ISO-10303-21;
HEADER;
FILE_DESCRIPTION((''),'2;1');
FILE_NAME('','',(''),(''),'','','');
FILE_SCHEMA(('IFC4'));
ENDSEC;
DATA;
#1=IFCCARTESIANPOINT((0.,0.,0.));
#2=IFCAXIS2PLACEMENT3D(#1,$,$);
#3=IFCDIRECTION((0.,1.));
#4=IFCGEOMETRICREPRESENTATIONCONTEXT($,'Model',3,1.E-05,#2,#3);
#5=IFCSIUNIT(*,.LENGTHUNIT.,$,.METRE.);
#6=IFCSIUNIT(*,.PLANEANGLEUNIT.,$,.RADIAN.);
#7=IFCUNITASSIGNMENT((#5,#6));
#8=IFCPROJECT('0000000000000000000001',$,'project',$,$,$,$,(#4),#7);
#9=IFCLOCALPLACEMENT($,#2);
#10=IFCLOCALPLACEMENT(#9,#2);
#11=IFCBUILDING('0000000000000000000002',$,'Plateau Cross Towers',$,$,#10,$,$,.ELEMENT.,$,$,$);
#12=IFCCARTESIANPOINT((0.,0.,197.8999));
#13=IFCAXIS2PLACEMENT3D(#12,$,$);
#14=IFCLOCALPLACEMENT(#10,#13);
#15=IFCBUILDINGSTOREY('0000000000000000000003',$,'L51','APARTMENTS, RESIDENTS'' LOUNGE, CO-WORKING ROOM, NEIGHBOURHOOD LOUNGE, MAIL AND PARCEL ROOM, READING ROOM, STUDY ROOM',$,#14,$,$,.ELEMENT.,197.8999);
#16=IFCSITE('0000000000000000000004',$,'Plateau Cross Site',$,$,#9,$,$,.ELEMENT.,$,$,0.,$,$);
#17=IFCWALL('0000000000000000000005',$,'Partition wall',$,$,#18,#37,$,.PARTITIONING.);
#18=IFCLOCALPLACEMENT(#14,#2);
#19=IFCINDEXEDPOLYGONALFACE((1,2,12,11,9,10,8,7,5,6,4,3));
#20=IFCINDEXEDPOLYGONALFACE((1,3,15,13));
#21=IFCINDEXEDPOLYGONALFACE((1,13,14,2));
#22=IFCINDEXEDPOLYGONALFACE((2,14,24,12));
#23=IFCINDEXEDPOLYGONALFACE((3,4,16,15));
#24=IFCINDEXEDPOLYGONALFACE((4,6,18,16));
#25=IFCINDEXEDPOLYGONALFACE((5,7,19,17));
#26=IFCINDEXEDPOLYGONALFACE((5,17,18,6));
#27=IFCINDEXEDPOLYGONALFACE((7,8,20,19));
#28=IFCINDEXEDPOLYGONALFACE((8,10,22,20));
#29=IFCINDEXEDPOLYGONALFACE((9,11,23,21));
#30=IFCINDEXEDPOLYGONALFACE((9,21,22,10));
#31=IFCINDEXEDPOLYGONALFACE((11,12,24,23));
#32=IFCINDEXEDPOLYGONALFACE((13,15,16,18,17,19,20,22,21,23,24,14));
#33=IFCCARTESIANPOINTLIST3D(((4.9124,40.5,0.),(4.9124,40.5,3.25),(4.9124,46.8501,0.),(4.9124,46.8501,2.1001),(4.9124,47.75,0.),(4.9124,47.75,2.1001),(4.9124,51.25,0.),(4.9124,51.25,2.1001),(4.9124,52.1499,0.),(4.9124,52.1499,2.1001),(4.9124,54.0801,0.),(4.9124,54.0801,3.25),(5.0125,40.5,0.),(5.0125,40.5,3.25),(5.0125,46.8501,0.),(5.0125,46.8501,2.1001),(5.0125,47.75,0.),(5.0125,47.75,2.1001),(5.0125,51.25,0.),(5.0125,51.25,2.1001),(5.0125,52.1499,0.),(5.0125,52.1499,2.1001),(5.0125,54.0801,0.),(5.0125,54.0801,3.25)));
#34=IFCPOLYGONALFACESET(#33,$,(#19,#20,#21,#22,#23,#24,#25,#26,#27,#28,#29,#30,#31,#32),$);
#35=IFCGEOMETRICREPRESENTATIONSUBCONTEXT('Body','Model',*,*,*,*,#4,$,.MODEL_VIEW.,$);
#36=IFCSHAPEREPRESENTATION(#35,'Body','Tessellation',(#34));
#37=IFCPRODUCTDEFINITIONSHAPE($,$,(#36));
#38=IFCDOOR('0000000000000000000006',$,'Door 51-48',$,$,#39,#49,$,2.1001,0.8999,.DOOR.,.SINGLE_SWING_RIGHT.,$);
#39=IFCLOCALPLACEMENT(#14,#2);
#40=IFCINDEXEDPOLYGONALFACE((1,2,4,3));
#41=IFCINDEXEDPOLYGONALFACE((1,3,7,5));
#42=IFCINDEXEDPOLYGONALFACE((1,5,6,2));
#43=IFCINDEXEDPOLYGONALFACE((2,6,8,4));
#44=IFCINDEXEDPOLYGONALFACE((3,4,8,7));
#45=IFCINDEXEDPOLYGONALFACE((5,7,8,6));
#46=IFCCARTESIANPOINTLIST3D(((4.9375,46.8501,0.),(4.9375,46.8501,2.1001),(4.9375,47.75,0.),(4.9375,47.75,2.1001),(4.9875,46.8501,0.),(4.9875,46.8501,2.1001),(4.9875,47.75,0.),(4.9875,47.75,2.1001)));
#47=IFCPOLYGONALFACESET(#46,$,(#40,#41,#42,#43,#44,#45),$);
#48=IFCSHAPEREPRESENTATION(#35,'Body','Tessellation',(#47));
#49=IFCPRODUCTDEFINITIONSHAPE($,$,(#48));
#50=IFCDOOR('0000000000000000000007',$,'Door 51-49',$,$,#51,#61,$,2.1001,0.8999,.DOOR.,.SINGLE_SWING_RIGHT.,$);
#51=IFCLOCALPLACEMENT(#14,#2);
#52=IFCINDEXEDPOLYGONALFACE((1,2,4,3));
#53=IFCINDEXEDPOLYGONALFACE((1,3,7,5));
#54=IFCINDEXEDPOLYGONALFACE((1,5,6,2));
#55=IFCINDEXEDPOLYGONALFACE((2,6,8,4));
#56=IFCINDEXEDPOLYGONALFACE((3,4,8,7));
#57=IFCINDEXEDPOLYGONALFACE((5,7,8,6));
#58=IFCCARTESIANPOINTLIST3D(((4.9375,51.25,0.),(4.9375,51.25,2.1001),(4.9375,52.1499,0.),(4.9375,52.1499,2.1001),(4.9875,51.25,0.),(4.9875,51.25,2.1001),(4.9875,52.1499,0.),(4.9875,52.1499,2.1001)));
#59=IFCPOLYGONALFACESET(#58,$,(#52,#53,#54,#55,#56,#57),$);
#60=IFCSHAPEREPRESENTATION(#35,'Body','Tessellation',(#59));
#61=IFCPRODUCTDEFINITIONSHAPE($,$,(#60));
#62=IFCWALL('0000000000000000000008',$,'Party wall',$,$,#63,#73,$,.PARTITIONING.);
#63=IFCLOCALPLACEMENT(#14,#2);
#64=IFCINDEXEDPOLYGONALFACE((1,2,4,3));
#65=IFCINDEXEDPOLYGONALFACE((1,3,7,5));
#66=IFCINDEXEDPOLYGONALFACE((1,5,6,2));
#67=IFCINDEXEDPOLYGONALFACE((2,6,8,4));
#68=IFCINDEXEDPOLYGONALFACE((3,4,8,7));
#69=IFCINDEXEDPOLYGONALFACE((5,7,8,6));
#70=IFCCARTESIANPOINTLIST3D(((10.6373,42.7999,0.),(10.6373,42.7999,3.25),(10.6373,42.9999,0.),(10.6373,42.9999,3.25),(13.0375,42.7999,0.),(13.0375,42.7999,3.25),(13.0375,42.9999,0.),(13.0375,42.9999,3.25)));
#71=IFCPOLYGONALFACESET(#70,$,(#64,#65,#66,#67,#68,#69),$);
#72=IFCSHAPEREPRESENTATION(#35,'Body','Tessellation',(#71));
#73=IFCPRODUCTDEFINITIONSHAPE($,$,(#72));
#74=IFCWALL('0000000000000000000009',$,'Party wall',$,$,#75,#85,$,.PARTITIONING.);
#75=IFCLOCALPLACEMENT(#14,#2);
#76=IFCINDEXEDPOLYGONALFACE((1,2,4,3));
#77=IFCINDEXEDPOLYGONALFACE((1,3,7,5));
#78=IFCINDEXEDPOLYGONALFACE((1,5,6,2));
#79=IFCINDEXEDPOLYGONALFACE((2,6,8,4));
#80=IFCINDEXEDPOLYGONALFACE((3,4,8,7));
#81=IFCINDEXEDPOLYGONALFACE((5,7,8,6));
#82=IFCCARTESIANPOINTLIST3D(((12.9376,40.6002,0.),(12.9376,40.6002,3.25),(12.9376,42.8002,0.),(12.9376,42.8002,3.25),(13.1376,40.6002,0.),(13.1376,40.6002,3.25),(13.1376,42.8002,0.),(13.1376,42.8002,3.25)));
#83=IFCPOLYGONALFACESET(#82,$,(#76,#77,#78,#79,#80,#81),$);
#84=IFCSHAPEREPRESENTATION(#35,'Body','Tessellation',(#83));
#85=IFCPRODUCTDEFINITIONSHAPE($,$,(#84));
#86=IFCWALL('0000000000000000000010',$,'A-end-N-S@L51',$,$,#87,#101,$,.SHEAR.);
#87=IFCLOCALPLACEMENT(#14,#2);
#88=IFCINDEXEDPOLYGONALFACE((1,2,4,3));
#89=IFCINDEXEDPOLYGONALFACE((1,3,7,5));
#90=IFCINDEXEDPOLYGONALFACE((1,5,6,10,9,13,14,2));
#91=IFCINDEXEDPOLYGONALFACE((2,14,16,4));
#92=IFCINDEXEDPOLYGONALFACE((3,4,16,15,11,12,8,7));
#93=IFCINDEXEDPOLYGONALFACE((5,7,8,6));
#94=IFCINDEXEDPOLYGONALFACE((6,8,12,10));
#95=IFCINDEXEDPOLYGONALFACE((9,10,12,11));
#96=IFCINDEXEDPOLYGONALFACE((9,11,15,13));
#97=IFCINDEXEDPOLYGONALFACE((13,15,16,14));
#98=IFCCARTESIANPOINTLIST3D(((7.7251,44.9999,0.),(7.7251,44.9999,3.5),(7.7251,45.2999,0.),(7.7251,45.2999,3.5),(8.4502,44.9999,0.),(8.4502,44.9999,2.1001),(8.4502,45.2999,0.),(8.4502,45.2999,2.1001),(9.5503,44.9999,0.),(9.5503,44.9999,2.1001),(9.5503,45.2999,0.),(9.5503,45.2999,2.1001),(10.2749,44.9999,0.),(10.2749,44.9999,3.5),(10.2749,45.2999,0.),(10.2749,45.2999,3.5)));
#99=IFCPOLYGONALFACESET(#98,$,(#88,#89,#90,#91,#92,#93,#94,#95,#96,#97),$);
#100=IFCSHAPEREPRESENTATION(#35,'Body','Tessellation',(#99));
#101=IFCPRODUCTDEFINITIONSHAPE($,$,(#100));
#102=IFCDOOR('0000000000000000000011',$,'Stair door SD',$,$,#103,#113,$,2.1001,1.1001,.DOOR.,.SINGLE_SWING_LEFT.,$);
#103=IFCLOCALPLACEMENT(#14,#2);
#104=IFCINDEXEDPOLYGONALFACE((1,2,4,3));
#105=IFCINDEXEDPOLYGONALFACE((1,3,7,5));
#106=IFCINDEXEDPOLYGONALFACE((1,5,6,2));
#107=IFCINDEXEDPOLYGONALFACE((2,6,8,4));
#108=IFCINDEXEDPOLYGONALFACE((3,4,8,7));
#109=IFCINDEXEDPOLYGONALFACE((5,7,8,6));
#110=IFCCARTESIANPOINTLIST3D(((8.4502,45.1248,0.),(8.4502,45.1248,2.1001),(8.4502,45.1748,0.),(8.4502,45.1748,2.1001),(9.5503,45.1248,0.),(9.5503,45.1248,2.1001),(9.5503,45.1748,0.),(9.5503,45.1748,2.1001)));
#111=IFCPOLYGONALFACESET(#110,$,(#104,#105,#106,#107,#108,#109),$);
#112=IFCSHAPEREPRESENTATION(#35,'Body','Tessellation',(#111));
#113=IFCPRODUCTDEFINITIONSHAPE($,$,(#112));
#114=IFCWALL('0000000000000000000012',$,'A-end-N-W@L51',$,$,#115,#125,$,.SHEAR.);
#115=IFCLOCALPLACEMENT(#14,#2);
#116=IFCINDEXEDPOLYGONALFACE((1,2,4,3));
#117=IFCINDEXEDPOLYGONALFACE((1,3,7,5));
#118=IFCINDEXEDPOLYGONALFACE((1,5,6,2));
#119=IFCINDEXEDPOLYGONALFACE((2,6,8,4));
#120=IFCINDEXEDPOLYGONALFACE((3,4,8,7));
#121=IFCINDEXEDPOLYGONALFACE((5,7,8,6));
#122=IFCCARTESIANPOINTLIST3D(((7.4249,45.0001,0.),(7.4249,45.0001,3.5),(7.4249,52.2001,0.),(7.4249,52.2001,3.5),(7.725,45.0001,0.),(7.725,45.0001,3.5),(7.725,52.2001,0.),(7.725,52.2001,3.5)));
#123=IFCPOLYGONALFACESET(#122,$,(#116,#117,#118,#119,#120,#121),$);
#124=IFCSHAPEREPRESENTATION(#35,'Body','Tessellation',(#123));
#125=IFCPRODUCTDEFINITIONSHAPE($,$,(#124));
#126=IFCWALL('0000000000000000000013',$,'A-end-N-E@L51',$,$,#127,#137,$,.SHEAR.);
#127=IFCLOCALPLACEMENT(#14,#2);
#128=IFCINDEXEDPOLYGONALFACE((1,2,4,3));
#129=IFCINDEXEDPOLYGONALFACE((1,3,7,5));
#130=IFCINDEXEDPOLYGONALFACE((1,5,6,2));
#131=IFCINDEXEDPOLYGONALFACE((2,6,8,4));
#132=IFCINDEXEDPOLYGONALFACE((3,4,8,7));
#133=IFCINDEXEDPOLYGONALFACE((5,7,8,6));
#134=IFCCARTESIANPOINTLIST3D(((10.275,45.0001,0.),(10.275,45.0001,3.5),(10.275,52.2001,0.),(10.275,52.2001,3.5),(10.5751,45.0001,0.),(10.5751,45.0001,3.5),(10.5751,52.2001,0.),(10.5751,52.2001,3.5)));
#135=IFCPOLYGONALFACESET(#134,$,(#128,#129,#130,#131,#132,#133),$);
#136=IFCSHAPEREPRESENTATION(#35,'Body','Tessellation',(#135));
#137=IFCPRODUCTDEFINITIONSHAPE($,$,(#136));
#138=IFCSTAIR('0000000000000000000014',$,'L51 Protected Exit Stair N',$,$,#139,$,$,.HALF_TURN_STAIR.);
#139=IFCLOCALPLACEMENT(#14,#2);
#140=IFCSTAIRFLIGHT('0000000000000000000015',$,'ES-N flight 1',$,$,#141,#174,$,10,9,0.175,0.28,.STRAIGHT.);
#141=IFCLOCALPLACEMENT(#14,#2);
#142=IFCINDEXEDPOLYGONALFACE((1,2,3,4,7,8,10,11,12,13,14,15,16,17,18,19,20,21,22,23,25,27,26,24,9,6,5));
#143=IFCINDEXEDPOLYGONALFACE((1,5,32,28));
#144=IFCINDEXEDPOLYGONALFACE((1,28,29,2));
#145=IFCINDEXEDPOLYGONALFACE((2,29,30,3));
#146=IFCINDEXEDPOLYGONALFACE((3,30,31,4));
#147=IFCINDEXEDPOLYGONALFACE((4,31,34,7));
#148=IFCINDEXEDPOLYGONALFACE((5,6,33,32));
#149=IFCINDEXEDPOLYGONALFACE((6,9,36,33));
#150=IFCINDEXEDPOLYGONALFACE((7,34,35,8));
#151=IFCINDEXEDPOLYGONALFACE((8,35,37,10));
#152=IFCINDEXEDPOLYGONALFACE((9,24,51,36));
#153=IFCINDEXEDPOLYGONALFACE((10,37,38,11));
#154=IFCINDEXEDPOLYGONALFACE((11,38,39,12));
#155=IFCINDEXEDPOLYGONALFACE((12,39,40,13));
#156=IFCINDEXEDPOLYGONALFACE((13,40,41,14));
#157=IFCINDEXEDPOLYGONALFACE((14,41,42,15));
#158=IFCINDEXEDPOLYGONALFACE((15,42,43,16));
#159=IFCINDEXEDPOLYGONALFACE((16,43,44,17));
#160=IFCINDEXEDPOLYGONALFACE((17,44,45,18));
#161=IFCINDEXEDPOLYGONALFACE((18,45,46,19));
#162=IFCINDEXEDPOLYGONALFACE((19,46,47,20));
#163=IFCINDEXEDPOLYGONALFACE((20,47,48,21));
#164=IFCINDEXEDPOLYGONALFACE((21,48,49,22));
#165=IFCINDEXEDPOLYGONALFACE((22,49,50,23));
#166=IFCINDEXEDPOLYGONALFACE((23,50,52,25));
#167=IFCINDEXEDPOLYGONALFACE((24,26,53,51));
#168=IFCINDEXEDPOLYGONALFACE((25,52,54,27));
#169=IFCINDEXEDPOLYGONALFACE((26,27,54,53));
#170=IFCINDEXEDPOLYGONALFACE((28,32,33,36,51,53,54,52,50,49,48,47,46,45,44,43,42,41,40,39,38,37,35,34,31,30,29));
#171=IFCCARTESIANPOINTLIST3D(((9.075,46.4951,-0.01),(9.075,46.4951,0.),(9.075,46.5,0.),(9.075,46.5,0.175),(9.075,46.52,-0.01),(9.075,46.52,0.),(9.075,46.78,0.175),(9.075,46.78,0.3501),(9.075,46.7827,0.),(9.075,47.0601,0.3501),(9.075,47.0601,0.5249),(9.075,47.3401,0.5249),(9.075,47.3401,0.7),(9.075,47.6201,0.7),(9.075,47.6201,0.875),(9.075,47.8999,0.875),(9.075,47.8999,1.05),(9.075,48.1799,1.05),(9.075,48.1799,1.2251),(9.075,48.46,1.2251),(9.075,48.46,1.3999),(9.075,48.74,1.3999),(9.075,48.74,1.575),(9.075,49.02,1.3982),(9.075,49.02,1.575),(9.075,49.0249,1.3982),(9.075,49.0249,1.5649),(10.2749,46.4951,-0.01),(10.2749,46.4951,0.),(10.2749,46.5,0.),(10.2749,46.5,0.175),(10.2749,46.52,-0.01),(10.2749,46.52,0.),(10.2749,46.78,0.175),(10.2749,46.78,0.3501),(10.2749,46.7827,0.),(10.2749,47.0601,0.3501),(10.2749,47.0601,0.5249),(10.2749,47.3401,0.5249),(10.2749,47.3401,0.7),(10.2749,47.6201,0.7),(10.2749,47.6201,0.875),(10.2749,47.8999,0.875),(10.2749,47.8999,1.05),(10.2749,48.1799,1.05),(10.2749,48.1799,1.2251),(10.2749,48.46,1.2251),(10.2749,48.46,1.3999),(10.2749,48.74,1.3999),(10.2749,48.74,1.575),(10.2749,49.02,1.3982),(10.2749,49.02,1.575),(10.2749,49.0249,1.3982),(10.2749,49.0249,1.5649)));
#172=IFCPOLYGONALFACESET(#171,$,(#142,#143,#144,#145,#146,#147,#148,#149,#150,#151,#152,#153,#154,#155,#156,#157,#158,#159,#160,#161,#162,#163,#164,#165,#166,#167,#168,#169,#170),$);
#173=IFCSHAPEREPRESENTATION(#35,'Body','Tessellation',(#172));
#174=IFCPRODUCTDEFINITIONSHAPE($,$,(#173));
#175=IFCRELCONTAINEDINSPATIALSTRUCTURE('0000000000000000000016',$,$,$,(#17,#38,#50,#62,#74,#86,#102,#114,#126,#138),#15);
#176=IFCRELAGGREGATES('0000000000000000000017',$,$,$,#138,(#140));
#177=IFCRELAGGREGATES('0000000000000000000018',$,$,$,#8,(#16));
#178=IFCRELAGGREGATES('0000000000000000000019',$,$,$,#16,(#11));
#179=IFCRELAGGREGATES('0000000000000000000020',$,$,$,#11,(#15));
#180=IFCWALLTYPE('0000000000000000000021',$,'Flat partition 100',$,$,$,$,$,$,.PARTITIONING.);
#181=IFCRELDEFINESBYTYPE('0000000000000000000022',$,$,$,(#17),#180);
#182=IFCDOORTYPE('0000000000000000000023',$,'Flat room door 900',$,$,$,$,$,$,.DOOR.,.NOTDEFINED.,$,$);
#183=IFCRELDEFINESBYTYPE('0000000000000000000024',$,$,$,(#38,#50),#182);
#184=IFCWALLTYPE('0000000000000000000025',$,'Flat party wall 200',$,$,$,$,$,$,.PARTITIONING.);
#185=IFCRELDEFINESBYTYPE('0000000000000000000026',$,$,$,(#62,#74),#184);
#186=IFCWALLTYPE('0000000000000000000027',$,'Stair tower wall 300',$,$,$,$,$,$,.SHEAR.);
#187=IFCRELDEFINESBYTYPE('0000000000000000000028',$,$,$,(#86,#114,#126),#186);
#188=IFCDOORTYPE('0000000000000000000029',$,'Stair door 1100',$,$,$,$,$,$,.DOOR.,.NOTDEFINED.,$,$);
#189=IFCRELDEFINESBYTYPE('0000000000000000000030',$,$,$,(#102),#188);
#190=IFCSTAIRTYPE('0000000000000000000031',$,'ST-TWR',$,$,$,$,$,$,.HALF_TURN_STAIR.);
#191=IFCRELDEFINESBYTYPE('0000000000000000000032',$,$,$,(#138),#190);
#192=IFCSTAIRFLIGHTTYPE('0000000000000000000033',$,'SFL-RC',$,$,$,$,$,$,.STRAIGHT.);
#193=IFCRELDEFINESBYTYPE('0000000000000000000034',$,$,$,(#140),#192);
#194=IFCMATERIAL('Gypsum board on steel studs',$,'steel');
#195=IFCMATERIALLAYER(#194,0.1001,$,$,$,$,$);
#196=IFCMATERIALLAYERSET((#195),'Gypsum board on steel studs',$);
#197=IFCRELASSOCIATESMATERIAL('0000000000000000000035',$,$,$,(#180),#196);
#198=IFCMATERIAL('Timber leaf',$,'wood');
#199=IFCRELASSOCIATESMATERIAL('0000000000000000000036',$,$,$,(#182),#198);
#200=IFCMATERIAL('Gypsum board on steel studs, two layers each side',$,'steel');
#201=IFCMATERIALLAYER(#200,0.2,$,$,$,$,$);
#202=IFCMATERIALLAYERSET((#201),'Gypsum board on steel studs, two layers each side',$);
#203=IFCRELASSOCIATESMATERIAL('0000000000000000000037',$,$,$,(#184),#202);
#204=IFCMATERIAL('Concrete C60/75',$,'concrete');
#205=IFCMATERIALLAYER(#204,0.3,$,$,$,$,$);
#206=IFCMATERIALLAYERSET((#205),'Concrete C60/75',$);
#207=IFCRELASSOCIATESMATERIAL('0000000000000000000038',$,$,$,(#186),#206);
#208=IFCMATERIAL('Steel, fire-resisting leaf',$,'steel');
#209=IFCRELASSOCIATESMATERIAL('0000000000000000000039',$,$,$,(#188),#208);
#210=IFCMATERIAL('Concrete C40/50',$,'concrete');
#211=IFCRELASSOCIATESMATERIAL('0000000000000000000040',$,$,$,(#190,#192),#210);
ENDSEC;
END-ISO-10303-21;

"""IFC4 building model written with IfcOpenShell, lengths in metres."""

from ifc_helpers import new_model, si_unit, direction, frame, frame_2d, origin, place, context, subcontext, project, spatial, polyline, rectangle, outline, extrude, material, layer, layer_set, type_object, element, fill, aggregate, save


model = new_model("IFC4")

# Units and contexts
model_context = context("Model", 3, precision=1e-05, world=origin(), true_north=direction((0.0, 1.0)))
body_context = subcontext(model_context, "Body", "Model", "MODEL_VIEW")
ifc_project = project(units=[si_unit("LENGTHUNIT", "METRE"), si_unit("PLANEANGLEUNIT", "RADIAN")], contexts=[model_context])

# Site, building, storey
site_placement = place(None, origin())
site = spatial("IfcSite", under=ifc_project, at=site_placement, Name="Plateau Cross Site", CompositionType="ELEMENT", RefElevation=0.0)
building_placement = place(site_placement, origin())
building = spatial("IfcBuilding", under=site, at=building_placement, Name="Plateau Cross Towers", CompositionType="ELEMENT")
storey_placement = place(building_placement, frame((0.0, 0.0, 197.8999)))
storey = spatial("IfcBuildingStorey", under=building, at=storey_placement, Name="L51", Description="APARTMENTS, RESIDENTS' LOUNGE, CO-WORKING ROOM, NEIGHBOURHOOD LOUNGE, MAIL AND PARCEL ROOM, READING ROOM, STUDY ROOM", CompositionType="ELEMENT", Elevation=197.8999)

# Shared definitions
ifc_material_1 = material(Name="Gypsum board on steel studs", Category="steel")
ifc_layer_1 = layer(ifc_material_1, 0.1001)
ifc_layer_set_1 = layer_set([ifc_layer_1], Name="Gypsum board on steel studs")
wall_type_1 = type_object("IfcWallType", Name="Flat partition 100", PredefinedType="PARTITIONING", material=ifc_layer_set_1)
ifc_material_2 = material(Name="Timber leaf", Category="wood")
door_type_1 = type_object("IfcDoorType", Name="Flat room door 900", OperationType="NOTDEFINED", PredefinedType="DOOR", material=ifc_material_2)

# Wall, openings, doors
wall_1_placement = place(storey_placement, frame((4.9624, 40.5, 0.0), z_axis=(0.0, 0.0, 1.0), x_axis=(0.0, 1.0, 0.0)))
wall_1 = element("IfcWall", 1, at=wall_1_placement, inside=storey, type_object=wall_type_1, Name="Partition wall", PredefinedType="PARTITIONING", context=body_context, shape_type="SweptSolid", body=[
    extrude(rectangle(XDim=13.5801, YDim=0.1001, at=frame_2d((6.79, 0.0))), origin(), (0.0, 0.0, 1.0), 3.25),
])
opening_1_placement = place(wall_1_placement, frame((6.3501, 0.0, 0.0)))
opening_1 = element("IfcOpeningElement", 2, at=opening_1_placement, cuts=wall_1, PredefinedType="OPENING", context=body_context, shape_type="SweptSolid", body=[
    extrude(rectangle(XDim=0.8999, YDim=2.1001, at=frame_2d((0.45, 1.05))), frame((0.0, 0.0601, 0.0), z_axis=(0.0, -1.0, 0.0), x_axis=(1.0, 0.0, 0.0)), (0.0, 0.0, 1.0), 0.1201),
])
opening_2_placement = place(wall_1_placement, frame((10.75, 0.0, 0.0)))
opening_2 = element("IfcOpeningElement", 3, at=opening_2_placement, cuts=wall_1, PredefinedType="OPENING", context=body_context, shape_type="SweptSolid", body=[
    extrude(rectangle(XDim=0.8999, YDim=2.1001, at=frame_2d((0.45, 1.05))), frame((0.0, 0.0601, 0.0), z_axis=(0.0, -1.0, 0.0), x_axis=(1.0, 0.0, 0.0)), (0.0, 0.0, 1.0), 0.1201),
])
door_1_placement = place(opening_1_placement, origin())
door_1 = element("IfcDoor", 4, at=door_1_placement, inside=storey, type_object=door_type_1, Name="Door 51-48", OperationType="SINGLE_SWING_RIGHT", OverallHeight=2.1001, OverallWidth=0.8999, PredefinedType="DOOR", context=body_context, shape_type="SweptSolid", body=[
    extrude(rectangle(XDim=0.8999, YDim=2.1001, at=frame_2d((0.45, 1.05))), frame((0.0, 0.0249, 0.0), z_axis=(0.0, -1.0, 0.0), x_axis=(1.0, 0.0, 0.0)), (0.0, 0.0, 1.0), 0.05),
])
fill(opening_1, door_1)
door_2_placement = place(opening_2_placement, origin())
door_2 = element("IfcDoor", 5, at=door_2_placement, inside=storey, type_object=door_type_1, Name="Door 51-49", OperationType="SINGLE_SWING_RIGHT", OverallHeight=2.1001, OverallWidth=0.8999, PredefinedType="DOOR", context=body_context, shape_type="SweptSolid", body=[
    extrude(rectangle(XDim=0.8999, YDim=2.1001, at=frame_2d((0.45, 1.05))), frame((0.0, 0.0249, 0.0), z_axis=(0.0, -1.0, 0.0), x_axis=(1.0, 0.0, 0.0)), (0.0, 0.0, 1.0), 0.05),
])
fill(opening_2, door_2)

# Walls
ifc_material_3 = material(Name="Gypsum board on steel studs, two layers each side", Category="steel")
ifc_layer_2 = layer(ifc_material_3, 0.2)
ifc_layer_set_2 = layer_set([ifc_layer_2], Name="Gypsum board on steel studs, two layers each side")
wall_type_2 = type_object("IfcWallType", Name="Flat party wall 200", PredefinedType="PARTITIONING", material=ifc_layer_set_2)
wall_2_placement = place(storey_placement, frame((13.0376, 42.8999, 0.0), z_axis=(0.0, 0.0, 1.0), x_axis=(-1.0, 0.0, 0.0)))
element("IfcWall", 6, at=wall_2_placement, inside=storey, type_object=wall_type_2, Name="Party wall", PredefinedType="PARTITIONING", context=body_context, shape_type="SweptSolid", body=[
    extrude(rectangle(XDim=2.4001, YDim=0.2, at=frame_2d((1.2002, 0.0))), origin(), (0.0, 0.0, 1.0), 3.25),
])
wall_3_placement = place(storey_placement, frame((13.0376, 40.6001, 0.0), z_axis=(0.0, 0.0, 1.0), x_axis=(0.0, 1.0, 0.0)))
element("IfcWall", 7, at=wall_3_placement, inside=storey, type_object=wall_type_2, Name="Party wall", PredefinedType="PARTITIONING", context=body_context, shape_type="SweptSolid", body=[
    extrude(rectangle(XDim=2.2, YDim=0.2, at=frame_2d((1.1001, 0.0))), origin(), (0.0, 0.0, 1.0), 3.25),
])

# Wall, opening, door
ifc_material_4 = material(Name="Concrete C60/75", Category="concrete")
ifc_layer_3 = layer(ifc_material_4, 0.3)
ifc_layer_set_3 = layer_set([ifc_layer_3], Name="Concrete C60/75")
wall_type_3 = type_object("IfcWallType", Name="Stair tower wall 300", PredefinedType="SHEAR", material=ifc_layer_set_3)
wall_4_placement = place(storey_placement, frame((7.7251, 45.1499, 0.0), z_axis=(0.0, 0.0, 1.0), x_axis=(1.0, 0.0, 0.0)))
wall_4 = element("IfcWall", 8, at=wall_4_placement, inside=storey, type_object=wall_type_3, Name="A-end-N-S@L51", PredefinedType="SHEAR", context=body_context, shape_type="SweptSolid", body=[
    extrude(rectangle(XDim=2.5498, YDim=0.3, at=frame_2d((1.2749, 0.0))), origin(), (0.0, 0.0, 1.0), 3.5),
])
opening_3_placement = place(wall_4_placement, frame((0.7251, 0.0, 0.0)))
opening_3 = element("IfcOpeningElement", 9, at=opening_3_placement, cuts=wall_4, PredefinedType="OPENING", context=body_context, shape_type="SweptSolid", body=[
    extrude(rectangle(XDim=1.1001, YDim=2.1001, at=frame_2d((0.55, 1.05))), frame((0.0, 0.1599, 0.0), z_axis=(0.0, -1.0, 0.0), x_axis=(1.0, 0.0, 0.0)), (0.0, 0.0, 1.0), 0.3201),
])
ifc_material_5 = material(Name="Steel, fire-resisting leaf", Category="steel")
door_type_2 = type_object("IfcDoorType", Name="Stair door 1100", OperationType="NOTDEFINED", PredefinedType="DOOR", material=ifc_material_5)
door_3_placement = place(opening_3_placement, origin())
door_3 = element("IfcDoor", 10, at=door_3_placement, inside=storey, type_object=door_type_2, Name="Stair door SD", OperationType="SINGLE_SWING_LEFT", OverallHeight=2.1001, OverallWidth=1.1001, PredefinedType="DOOR", context=body_context, shape_type="SweptSolid", body=[
    extrude(rectangle(XDim=1.1001, YDim=2.1001, at=frame_2d((0.55, 1.05))), frame((0.0, 0.0249, 0.0), z_axis=(0.0, -1.0, 0.0), x_axis=(1.0, 0.0, 0.0)), (0.0, 0.0, 1.0), 0.05),
])
fill(opening_3, door_3)

# Walls
for number, where, z_axis, x_axis, name in (
    (11, (7.575, 45.0, 0.0), (0.0, 0.0, 1.0), (0.0, 1.0, 0.0), "A-end-N-W@L51"),
    (12, (10.425, 45.0, 0.0), (0.0, 0.0, 1.0), (0.0, 1.0, 0.0), "A-end-N-E@L51"),
):
    element("IfcWall", number, at=place(storey_placement, frame(where, z_axis=z_axis, x_axis=x_axis)), inside=storey, type_object=wall_type_3, Name=name, PredefinedType="SHEAR", context=body_context, shape_type="SweptSolid", body=[
        extrude(rectangle(XDim=7.2, YDim=0.3, at=frame_2d((3.6001, 0.0))), origin(), (0.0, 0.0, 1.0), 3.5),
    ])

# Stair, stair flight
ifc_material_6 = material(Name="Concrete C40/50", Category="concrete")
stair_type = type_object("IfcStairType", Name="ST-TWR", PredefinedType="HALF_TURN_STAIR", material=ifc_material_6)
stair_placement = place(storey_placement, origin())
stair = element("IfcStair", 13, at=stair_placement, inside=storey, type_object=stair_type, Name="L51 Protected Exit Stair N", PredefinedType="HALF_TURN_STAIR")
stair_flight_type = type_object("IfcStairFlightType", Name="SFL-RC", PredefinedType="STRAIGHT", material=ifc_material_6)
stair_flight_placement = place(storey_placement, frame((9.675, 46.5, 0.0), z_axis=(0.0, 0.0, 1.0), x_axis=(0.0, 1.0, 0.0)))
stair_flight = element("IfcStairFlight", 14, at=stair_flight_placement, type_object=stair_flight_type, Name="ES-N flight 1", NumberOfRisers=10, NumberOfTreads=9, PredefinedType="STRAIGHT", RiserHeight=0.175, TreadLength=0.28, context=body_context, shape_type="SweptSolid", body=[
    extrude(outline(polyline([(-0.0049, -0.01), (-0.0049, 0.0), (0.0, 0.0), (0.0, 0.175), (0.28, 0.175), (0.28, 0.3501), (0.5601, 0.3501), (0.5601, 0.5249), (0.8401, 0.5249), (0.8401, 0.7), (1.1201, 0.7), (1.1201, 0.875), (1.3999, 0.875), (1.3999, 1.05), (1.6799, 1.05), (1.6799, 1.2251), (1.96, 1.2251), (1.96, 1.3999), (2.24, 1.3999), (2.24, 1.575), (2.52, 1.575), (2.5249, 1.5649), (2.5249, 1.3982), (2.52, 1.3982), (0.2827, 0.0), (0.02, 0.0), (0.02, -0.01), (-0.0049, -0.01)])), frame((0.0, 0.6001, 0.0), z_axis=(0.0, -1.0, 0.0), x_axis=(1.0, 0.0, 0.0)), (0.0, 0.0, 1.0), 1.2),
])
aggregate(stair, [stair_flight])

save(model, "model.ifc")
